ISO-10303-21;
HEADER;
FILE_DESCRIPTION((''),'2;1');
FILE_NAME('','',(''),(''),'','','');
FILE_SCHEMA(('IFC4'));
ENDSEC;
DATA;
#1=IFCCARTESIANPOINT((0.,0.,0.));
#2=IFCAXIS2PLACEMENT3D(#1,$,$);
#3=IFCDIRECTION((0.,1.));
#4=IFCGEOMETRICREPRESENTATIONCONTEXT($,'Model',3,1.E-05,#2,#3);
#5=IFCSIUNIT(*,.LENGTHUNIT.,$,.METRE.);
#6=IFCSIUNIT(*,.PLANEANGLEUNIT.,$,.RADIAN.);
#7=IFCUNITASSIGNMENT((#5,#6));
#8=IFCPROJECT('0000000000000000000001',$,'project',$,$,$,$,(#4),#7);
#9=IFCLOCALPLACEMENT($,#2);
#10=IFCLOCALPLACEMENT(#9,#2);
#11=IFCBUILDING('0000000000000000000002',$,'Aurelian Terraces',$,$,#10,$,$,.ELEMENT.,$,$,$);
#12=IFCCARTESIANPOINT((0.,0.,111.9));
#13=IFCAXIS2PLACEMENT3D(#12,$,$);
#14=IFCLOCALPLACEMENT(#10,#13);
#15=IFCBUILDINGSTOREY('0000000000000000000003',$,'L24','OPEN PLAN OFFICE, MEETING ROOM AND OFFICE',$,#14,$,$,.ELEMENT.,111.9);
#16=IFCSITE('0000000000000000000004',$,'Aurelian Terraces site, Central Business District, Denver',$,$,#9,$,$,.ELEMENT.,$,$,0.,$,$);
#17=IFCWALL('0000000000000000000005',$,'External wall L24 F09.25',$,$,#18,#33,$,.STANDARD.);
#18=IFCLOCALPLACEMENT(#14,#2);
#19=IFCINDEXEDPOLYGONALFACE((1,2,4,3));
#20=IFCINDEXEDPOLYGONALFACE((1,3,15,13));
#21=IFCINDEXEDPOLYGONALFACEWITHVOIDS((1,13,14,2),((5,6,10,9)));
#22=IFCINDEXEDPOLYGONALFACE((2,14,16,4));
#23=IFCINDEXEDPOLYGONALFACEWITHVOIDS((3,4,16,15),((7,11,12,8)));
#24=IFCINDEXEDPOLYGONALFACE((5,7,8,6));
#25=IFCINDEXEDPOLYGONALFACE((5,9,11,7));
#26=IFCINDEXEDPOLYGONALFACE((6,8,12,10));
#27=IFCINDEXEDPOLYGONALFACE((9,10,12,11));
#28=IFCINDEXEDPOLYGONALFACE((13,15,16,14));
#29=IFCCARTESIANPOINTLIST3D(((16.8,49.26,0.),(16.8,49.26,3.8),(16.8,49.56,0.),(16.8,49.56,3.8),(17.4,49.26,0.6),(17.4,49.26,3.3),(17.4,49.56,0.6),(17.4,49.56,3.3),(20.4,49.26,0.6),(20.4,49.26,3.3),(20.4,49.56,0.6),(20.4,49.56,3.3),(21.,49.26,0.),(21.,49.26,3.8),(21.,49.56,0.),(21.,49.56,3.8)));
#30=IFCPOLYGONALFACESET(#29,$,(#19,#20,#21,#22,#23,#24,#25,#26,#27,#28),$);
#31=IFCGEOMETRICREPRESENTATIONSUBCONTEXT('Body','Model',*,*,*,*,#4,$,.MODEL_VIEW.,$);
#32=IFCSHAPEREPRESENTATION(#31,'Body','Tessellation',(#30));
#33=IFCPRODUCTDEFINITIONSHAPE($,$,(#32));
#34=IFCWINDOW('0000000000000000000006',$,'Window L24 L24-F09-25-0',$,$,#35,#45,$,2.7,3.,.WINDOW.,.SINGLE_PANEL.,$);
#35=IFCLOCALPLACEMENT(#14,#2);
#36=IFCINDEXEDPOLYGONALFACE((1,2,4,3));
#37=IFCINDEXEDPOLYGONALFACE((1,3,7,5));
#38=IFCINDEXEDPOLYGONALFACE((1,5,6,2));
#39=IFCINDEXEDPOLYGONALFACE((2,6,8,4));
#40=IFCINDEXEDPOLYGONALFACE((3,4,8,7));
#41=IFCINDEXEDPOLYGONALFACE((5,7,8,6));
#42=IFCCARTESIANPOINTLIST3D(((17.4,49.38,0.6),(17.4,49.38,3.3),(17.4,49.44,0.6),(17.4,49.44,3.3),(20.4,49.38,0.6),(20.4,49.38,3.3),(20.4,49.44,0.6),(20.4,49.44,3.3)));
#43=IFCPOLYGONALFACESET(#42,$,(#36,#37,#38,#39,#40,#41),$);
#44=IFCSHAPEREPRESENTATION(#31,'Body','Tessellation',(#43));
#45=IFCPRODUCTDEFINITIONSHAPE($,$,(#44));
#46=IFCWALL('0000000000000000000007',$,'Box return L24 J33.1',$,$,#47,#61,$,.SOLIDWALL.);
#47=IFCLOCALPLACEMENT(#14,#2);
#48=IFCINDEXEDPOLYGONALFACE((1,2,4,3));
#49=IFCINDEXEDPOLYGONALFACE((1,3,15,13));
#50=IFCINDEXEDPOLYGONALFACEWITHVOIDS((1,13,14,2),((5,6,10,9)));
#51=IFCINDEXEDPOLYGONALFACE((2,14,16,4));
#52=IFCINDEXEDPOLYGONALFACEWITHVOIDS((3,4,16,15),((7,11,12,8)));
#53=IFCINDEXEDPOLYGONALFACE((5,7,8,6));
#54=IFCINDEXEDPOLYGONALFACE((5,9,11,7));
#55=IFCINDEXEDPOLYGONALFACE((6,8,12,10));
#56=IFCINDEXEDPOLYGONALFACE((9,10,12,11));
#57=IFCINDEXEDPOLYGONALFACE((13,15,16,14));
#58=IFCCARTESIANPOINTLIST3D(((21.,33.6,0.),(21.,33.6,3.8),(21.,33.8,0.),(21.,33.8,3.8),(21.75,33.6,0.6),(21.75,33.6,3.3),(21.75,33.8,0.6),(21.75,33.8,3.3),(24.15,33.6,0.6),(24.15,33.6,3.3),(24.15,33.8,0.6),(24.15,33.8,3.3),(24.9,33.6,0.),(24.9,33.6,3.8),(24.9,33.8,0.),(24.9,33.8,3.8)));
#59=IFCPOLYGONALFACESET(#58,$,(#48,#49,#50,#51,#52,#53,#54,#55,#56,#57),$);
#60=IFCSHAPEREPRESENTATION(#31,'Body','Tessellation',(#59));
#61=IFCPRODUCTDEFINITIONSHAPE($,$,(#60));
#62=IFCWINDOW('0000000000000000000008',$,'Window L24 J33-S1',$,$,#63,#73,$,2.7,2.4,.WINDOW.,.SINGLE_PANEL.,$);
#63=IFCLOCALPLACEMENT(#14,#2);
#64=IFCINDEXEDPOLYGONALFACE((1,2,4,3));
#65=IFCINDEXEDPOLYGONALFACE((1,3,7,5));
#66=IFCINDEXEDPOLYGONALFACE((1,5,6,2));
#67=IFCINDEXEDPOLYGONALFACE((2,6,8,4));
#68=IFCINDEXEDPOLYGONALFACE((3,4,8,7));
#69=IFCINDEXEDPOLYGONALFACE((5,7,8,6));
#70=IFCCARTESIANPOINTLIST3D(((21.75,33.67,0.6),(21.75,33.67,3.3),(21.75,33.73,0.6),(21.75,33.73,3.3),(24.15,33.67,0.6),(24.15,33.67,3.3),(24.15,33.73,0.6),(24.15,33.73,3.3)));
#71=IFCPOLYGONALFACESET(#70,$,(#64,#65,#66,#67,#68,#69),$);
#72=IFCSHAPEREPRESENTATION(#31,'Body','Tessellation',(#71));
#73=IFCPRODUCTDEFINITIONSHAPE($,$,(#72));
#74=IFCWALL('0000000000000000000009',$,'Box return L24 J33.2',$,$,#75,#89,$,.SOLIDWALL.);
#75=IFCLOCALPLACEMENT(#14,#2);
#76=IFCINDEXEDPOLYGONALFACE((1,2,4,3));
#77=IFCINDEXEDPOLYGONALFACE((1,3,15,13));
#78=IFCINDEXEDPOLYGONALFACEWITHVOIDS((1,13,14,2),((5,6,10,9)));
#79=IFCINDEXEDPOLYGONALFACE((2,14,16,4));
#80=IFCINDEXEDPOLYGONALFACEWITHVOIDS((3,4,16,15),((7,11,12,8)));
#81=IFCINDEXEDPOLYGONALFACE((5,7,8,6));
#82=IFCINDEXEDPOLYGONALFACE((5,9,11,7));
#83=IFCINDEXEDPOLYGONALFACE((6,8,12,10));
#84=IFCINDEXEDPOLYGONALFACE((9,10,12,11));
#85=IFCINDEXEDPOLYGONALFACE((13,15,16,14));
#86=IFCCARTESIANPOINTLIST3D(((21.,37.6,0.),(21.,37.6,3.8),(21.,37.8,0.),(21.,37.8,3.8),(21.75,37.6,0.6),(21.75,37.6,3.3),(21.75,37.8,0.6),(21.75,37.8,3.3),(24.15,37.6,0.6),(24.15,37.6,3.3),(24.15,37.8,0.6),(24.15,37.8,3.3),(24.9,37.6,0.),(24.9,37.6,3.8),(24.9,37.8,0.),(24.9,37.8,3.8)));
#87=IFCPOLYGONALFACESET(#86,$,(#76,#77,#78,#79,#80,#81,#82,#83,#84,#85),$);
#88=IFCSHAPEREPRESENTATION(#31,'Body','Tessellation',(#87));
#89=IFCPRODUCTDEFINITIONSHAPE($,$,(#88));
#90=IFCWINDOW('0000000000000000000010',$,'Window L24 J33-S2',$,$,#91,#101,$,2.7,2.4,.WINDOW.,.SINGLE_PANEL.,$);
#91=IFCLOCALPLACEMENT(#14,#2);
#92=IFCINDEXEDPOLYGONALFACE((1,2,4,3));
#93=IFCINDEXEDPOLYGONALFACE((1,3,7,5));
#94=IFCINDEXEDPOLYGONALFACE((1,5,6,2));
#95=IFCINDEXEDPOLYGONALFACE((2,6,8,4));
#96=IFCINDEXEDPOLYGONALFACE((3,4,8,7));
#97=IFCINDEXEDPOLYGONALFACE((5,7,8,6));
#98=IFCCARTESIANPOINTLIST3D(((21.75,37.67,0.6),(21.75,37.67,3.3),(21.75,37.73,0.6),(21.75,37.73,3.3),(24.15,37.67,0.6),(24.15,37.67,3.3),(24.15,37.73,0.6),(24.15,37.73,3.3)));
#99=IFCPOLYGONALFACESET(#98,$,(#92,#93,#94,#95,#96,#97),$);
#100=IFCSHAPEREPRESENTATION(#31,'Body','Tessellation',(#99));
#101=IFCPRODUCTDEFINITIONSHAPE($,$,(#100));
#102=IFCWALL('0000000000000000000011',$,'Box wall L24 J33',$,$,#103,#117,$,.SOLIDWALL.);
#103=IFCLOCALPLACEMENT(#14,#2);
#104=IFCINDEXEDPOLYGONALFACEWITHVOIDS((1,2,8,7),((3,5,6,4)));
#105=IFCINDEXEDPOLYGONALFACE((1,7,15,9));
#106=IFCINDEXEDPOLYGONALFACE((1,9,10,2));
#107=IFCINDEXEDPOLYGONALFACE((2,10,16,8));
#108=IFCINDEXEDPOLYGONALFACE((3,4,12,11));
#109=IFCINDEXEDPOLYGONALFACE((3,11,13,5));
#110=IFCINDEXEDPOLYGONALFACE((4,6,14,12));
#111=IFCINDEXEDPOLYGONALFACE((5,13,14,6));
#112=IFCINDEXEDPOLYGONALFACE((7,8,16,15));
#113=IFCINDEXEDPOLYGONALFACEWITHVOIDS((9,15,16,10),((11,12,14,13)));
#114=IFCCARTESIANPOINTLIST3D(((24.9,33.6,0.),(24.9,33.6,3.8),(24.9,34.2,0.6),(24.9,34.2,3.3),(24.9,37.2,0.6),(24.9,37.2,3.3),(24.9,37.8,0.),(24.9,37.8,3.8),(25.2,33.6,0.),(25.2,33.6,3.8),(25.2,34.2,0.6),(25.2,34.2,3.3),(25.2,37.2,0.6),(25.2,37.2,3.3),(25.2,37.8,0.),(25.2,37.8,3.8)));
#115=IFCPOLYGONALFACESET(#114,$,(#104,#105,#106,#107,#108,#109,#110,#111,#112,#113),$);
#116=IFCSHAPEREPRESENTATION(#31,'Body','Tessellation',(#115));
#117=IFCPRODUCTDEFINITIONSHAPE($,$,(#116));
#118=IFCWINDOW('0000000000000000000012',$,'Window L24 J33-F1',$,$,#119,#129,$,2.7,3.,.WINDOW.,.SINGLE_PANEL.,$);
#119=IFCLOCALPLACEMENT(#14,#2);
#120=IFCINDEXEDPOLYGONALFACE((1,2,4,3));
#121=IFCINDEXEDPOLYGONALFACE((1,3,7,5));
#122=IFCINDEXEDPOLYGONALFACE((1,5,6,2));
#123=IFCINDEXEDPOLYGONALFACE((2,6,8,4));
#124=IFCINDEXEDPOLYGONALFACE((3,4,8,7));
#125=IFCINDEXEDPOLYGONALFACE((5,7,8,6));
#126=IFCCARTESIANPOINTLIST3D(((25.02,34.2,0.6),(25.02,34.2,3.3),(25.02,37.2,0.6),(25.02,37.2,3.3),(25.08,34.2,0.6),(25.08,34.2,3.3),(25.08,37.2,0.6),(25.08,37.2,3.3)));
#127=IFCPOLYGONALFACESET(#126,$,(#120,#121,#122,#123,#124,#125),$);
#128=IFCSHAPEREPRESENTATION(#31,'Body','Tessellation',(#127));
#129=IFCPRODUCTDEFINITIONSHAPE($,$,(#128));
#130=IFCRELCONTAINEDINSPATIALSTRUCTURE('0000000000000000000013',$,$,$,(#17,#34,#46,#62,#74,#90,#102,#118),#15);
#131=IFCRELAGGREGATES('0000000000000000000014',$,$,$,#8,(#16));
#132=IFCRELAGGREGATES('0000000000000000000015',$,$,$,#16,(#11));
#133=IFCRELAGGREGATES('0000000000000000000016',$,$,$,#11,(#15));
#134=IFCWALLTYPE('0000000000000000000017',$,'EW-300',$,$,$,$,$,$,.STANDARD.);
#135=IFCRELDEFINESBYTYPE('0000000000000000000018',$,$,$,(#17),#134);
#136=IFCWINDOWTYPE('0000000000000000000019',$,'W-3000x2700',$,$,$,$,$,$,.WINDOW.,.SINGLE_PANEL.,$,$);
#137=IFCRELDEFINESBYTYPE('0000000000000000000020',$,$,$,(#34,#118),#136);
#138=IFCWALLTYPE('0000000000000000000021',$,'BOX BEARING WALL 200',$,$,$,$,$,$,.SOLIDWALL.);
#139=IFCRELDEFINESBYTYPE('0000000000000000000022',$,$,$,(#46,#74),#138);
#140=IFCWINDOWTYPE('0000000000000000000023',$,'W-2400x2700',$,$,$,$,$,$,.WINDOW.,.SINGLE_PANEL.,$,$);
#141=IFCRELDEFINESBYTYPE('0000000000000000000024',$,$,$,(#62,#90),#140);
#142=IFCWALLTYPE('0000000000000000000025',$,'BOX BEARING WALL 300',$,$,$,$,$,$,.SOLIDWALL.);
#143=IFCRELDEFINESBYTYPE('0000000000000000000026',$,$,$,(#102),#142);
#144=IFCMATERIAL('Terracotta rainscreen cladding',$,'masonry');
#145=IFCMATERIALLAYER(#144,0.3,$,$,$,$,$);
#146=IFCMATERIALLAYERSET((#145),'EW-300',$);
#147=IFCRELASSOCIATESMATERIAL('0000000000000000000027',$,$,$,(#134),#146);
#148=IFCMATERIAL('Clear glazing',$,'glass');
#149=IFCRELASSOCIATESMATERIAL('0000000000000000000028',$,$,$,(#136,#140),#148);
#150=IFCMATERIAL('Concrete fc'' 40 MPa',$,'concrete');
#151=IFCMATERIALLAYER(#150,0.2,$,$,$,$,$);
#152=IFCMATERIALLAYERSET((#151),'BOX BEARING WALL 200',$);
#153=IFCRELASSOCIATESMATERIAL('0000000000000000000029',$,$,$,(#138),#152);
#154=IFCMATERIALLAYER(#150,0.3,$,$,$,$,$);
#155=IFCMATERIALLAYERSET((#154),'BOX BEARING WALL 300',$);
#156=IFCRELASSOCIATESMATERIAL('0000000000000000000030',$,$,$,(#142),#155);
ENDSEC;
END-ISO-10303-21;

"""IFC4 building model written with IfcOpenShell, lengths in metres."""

from ifc_helpers import new_model, si_unit, direction, frame, frame_2d, origin, place, context, subcontext, project, spatial, rectangle, extrude, source, transform, mapped, material, layer, layer_set, type_object, element, fill, save


model = new_model("IFC4")

# Units and contexts
model_context = context("Model", 3, precision=1e-05, world=origin(), true_north=direction((0.0, 1.0)))
body_context = subcontext(model_context, "Body", "Model", "MODEL_VIEW")
ifc_project = project(units=[si_unit("LENGTHUNIT", "METRE"), si_unit("PLANEANGLEUNIT", "RADIAN")], contexts=[model_context])

# Site, building, storey
site_placement = place(None, origin())
site = spatial("IfcSite", under=ifc_project, at=site_placement, Name="Aurelian Terraces site, Central Business District, Denver", CompositionType="ELEMENT", RefElevation=0.0)
building_placement = place(site_placement, origin())
building = spatial("IfcBuilding", under=site, at=building_placement, Name="Aurelian Terraces", CompositionType="ELEMENT")
storey_placement = place(building_placement, frame((0.0, 0.0, 111.9)))
storey = spatial("IfcBuildingStorey", under=building, at=storey_placement, Name="L24", Description="OPEN PLAN OFFICE, MEETING ROOM AND OFFICE", CompositionType="ELEMENT", Elevation=111.9)

# Walls, openings, windows
ifc_material_1 = material(Name="Terracotta rainscreen cladding", Category="masonry")
ifc_layer_1 = layer(ifc_material_1, 0.3)
ifc_layer_set_1 = layer_set([ifc_layer_1], Name="EW-300")
wall_type_1 = type_object("IfcWallType", Name="EW-300", PredefinedType="STANDARD", material=ifc_layer_set_1)
shared_shape_1 = source(origin(), body_context, "Body", "SweptSolid", [
    extrude(rectangle(XDim=4.2, YDim=0.3, at=frame_2d((2.1, 0.0))), origin(), (0.0, 0.0, 1.0), 3.8),
])
wall_1_placement = place(storey_placement, frame((21.0, 49.41, 0.0), z_axis=(0.0, 0.0, 1.0), x_axis=(-1.0, 0.0, 0.0)))
wall_1 = element("IfcWall", 1, at=wall_1_placement, inside=storey, type_object=wall_type_1, Name="External wall L24 F09.25", PredefinedType="STANDARD", context=body_context, shape_type="MappedRepresentation", body=[
    mapped(shared_shape_1, transform((0.0, 0.0, 0.0), scale=1.0)),
])
shared_shape_2 = source(origin(), body_context, "Body", "SweptSolid", [
    extrude(rectangle(XDim=3.0, YDim=2.7, at=frame_2d((1.5, 1.35))), frame((0.0, 0.16, 0.0), z_axis=(0.0, -1.0, 0.0), x_axis=(1.0, 0.0, 0.0)), (0.0, 0.0, 1.0), 0.32),
])
opening_1_placement = place(wall_1_placement, frame((0.6, 0.0, 0.6)))
opening_1 = element("IfcOpeningElement", 2, at=opening_1_placement, cuts=wall_1, PredefinedType="OPENING", context=body_context, shape_type="MappedRepresentation", body=[
    mapped(shared_shape_2, transform((0.0, 0.0, 0.0), scale=1.0)),
])
ifc_material_2 = material(Name="Clear glazing", Category="glass")
window_type_1 = type_object("IfcWindowType", Name="W-3000x2700", PartitioningType="SINGLE_PANEL", PredefinedType="WINDOW", material=ifc_material_2)
shared_shape_3 = source(origin(), body_context, "Body", "SweptSolid", [
    extrude(rectangle(XDim=3.0, YDim=2.7, at=frame_2d((1.5, 1.35))), frame((0.0, 0.03, 0.0), z_axis=(0.0, -1.0, 0.0), x_axis=(1.0, 0.0, 0.0)), (0.0, 0.0, 1.0), 0.06),
])
window_1_placement = place(opening_1_placement, origin())
window_1 = element("IfcWindow", 3, at=window_1_placement, inside=storey, type_object=window_type_1, Name="Window L24 L24-F09-25-0", OverallHeight=2.7, OverallWidth=3.0, PartitioningType="SINGLE_PANEL", PredefinedType="WINDOW", context=body_context, shape_type="MappedRepresentation", body=[
    mapped(shared_shape_3, transform((0.0, 0.0, 0.0), scale=1.0)),
])
fill(opening_1, window_1)
ifc_material_3 = material(Name="Concrete fc' 40 MPa", Category="concrete")
ifc_layer_2 = layer(ifc_material_3, 0.2)
ifc_layer_set_2 = layer_set([ifc_layer_2], Name="BOX BEARING WALL 200")
wall_type_2 = type_object("IfcWallType", Name="BOX BEARING WALL 200", PredefinedType="SOLIDWALL", material=ifc_layer_set_2)
shared_shape_4 = source(origin(), body_context, "Body", "SweptSolid", [
    extrude(rectangle(XDim=3.9, YDim=0.2, at=frame_2d((1.95, 0.0))), origin(), (0.0, 0.0, 1.0), 3.8),
])
wall_2_placement = place(storey_placement, frame((21.0, 33.7, 0.0), z_axis=(0.0, 0.0, 1.0), x_axis=(1.0, 0.0, 0.0)))
wall_2 = element("IfcWall", 4, at=wall_2_placement, inside=storey, type_object=wall_type_2, Name="Box return L24 J33.1", PredefinedType="SOLIDWALL", context=body_context, shape_type="MappedRepresentation", body=[
    mapped(shared_shape_4, transform((0.0, 0.0, 0.0), scale=1.0)),
])
shared_shape_5 = source(origin(), body_context, "Body", "SweptSolid", [
    extrude(rectangle(XDim=2.4, YDim=2.7, at=frame_2d((1.2, 1.35))), frame((0.0, 0.11, 0.0), z_axis=(0.0, -1.0, 0.0), x_axis=(1.0, 0.0, 0.0)), (0.0, 0.0, 1.0), 0.22),
])
opening_2_placement = place(wall_2_placement, frame((0.75, 0.0, 0.6)))
opening_2 = element("IfcOpeningElement", 5, at=opening_2_placement, cuts=wall_2, PredefinedType="OPENING", context=body_context, shape_type="MappedRepresentation", body=[
    mapped(shared_shape_5, transform((0.0, 0.0, 0.0), scale=1.0)),
])
window_type_2 = type_object("IfcWindowType", Name="W-2400x2700", PartitioningType="SINGLE_PANEL", PredefinedType="WINDOW", material=ifc_material_2)
shared_shape_6 = source(origin(), body_context, "Body", "SweptSolid", [
    extrude(rectangle(XDim=2.4, YDim=2.7, at=frame_2d((1.2, 1.35))), frame((0.0, 0.03, 0.0), z_axis=(0.0, -1.0, 0.0), x_axis=(1.0, 0.0, 0.0)), (0.0, 0.0, 1.0), 0.06),
])
window_2_placement = place(opening_2_placement, origin())
window_2 = element("IfcWindow", 6, at=window_2_placement, inside=storey, type_object=window_type_2, Name="Window L24 J33-S1", OverallHeight=2.7, OverallWidth=2.4, PartitioningType="SINGLE_PANEL", PredefinedType="WINDOW", context=body_context, shape_type="MappedRepresentation", body=[
    mapped(shared_shape_6, transform((0.0, 0.0, 0.0), scale=1.0)),
])
fill(opening_2, window_2)
wall_3_placement = place(storey_placement, frame((21.0, 37.7, 0.0), z_axis=(0.0, 0.0, 1.0), x_axis=(1.0, 0.0, 0.0)))
wall_3 = element("IfcWall", 7, at=wall_3_placement, inside=storey, type_object=wall_type_2, Name="Box return L24 J33.2", PredefinedType="SOLIDWALL", context=body_context, shape_type="MappedRepresentation", body=[
    mapped(shared_shape_4, transform((0.0, 0.0, 0.0), scale=1.0)),
])
opening_3_placement = place(wall_3_placement, frame((0.75, 0.0, 0.6)))
opening_3 = element("IfcOpeningElement", 8, at=opening_3_placement, cuts=wall_3, PredefinedType="OPENING", context=body_context, shape_type="MappedRepresentation", body=[
    mapped(shared_shape_5, transform((0.0, 0.0, 0.0), scale=1.0)),
])
window_3_placement = place(opening_3_placement, origin())
window_3 = element("IfcWindow", 9, at=window_3_placement, inside=storey, type_object=window_type_2, Name="Window L24 J33-S2", OverallHeight=2.7, OverallWidth=2.4, PartitioningType="SINGLE_PANEL", PredefinedType="WINDOW", context=body_context, shape_type="MappedRepresentation", body=[
    mapped(shared_shape_6, transform((0.0, 0.0, 0.0), scale=1.0)),
])
fill(opening_3, window_3)
ifc_layer_3 = layer(ifc_material_3, 0.3)
ifc_layer_set_3 = layer_set([ifc_layer_3], Name="BOX BEARING WALL 300")
wall_type_3 = type_object("IfcWallType", Name="BOX BEARING WALL 300", PredefinedType="SOLIDWALL", material=ifc_layer_set_3)
shared_shape_7 = source(origin(), body_context, "Body", "SweptSolid", [
    extrude(rectangle(XDim=4.2, YDim=0.3, at=frame_2d((2.1, 0.0))), origin(), (0.0, 0.0, 1.0), 3.8),
])
wall_4_placement = place(storey_placement, frame((25.05, 33.6, 0.0), z_axis=(0.0, 0.0, 1.0), x_axis=(0.0, 1.0, 0.0)))
wall_4 = element("IfcWall", 10, at=wall_4_placement, inside=storey, type_object=wall_type_3, Name="Box wall L24 J33", PredefinedType="SOLIDWALL", context=body_context, shape_type="MappedRepresentation", body=[
    mapped(shared_shape_7, transform((0.0, 0.0, 0.0), scale=1.0)),
])
opening_4_placement = place(wall_4_placement, frame((0.6, 0.0, 0.6)))
opening_4 = element("IfcOpeningElement", 11, at=opening_4_placement, cuts=wall_4, PredefinedType="OPENING", context=body_context, shape_type="MappedRepresentation", body=[
    mapped(shared_shape_2, transform((0.0, 0.0, 0.0), scale=1.0)),
])
window_4_placement = place(opening_4_placement, origin())
window_4 = element("IfcWindow", 12, at=window_4_placement, inside=storey, type_object=window_type_1, Name="Window L24 J33-F1", OverallHeight=2.7, OverallWidth=3.0, PartitioningType="SINGLE_PANEL", PredefinedType="WINDOW", context=body_context, shape_type="MappedRepresentation", body=[
    mapped(shared_shape_3, transform((0.0, 0.0, 0.0), scale=1.0)),
])
fill(opening_4, window_4)

save(model, "model.ifc")
